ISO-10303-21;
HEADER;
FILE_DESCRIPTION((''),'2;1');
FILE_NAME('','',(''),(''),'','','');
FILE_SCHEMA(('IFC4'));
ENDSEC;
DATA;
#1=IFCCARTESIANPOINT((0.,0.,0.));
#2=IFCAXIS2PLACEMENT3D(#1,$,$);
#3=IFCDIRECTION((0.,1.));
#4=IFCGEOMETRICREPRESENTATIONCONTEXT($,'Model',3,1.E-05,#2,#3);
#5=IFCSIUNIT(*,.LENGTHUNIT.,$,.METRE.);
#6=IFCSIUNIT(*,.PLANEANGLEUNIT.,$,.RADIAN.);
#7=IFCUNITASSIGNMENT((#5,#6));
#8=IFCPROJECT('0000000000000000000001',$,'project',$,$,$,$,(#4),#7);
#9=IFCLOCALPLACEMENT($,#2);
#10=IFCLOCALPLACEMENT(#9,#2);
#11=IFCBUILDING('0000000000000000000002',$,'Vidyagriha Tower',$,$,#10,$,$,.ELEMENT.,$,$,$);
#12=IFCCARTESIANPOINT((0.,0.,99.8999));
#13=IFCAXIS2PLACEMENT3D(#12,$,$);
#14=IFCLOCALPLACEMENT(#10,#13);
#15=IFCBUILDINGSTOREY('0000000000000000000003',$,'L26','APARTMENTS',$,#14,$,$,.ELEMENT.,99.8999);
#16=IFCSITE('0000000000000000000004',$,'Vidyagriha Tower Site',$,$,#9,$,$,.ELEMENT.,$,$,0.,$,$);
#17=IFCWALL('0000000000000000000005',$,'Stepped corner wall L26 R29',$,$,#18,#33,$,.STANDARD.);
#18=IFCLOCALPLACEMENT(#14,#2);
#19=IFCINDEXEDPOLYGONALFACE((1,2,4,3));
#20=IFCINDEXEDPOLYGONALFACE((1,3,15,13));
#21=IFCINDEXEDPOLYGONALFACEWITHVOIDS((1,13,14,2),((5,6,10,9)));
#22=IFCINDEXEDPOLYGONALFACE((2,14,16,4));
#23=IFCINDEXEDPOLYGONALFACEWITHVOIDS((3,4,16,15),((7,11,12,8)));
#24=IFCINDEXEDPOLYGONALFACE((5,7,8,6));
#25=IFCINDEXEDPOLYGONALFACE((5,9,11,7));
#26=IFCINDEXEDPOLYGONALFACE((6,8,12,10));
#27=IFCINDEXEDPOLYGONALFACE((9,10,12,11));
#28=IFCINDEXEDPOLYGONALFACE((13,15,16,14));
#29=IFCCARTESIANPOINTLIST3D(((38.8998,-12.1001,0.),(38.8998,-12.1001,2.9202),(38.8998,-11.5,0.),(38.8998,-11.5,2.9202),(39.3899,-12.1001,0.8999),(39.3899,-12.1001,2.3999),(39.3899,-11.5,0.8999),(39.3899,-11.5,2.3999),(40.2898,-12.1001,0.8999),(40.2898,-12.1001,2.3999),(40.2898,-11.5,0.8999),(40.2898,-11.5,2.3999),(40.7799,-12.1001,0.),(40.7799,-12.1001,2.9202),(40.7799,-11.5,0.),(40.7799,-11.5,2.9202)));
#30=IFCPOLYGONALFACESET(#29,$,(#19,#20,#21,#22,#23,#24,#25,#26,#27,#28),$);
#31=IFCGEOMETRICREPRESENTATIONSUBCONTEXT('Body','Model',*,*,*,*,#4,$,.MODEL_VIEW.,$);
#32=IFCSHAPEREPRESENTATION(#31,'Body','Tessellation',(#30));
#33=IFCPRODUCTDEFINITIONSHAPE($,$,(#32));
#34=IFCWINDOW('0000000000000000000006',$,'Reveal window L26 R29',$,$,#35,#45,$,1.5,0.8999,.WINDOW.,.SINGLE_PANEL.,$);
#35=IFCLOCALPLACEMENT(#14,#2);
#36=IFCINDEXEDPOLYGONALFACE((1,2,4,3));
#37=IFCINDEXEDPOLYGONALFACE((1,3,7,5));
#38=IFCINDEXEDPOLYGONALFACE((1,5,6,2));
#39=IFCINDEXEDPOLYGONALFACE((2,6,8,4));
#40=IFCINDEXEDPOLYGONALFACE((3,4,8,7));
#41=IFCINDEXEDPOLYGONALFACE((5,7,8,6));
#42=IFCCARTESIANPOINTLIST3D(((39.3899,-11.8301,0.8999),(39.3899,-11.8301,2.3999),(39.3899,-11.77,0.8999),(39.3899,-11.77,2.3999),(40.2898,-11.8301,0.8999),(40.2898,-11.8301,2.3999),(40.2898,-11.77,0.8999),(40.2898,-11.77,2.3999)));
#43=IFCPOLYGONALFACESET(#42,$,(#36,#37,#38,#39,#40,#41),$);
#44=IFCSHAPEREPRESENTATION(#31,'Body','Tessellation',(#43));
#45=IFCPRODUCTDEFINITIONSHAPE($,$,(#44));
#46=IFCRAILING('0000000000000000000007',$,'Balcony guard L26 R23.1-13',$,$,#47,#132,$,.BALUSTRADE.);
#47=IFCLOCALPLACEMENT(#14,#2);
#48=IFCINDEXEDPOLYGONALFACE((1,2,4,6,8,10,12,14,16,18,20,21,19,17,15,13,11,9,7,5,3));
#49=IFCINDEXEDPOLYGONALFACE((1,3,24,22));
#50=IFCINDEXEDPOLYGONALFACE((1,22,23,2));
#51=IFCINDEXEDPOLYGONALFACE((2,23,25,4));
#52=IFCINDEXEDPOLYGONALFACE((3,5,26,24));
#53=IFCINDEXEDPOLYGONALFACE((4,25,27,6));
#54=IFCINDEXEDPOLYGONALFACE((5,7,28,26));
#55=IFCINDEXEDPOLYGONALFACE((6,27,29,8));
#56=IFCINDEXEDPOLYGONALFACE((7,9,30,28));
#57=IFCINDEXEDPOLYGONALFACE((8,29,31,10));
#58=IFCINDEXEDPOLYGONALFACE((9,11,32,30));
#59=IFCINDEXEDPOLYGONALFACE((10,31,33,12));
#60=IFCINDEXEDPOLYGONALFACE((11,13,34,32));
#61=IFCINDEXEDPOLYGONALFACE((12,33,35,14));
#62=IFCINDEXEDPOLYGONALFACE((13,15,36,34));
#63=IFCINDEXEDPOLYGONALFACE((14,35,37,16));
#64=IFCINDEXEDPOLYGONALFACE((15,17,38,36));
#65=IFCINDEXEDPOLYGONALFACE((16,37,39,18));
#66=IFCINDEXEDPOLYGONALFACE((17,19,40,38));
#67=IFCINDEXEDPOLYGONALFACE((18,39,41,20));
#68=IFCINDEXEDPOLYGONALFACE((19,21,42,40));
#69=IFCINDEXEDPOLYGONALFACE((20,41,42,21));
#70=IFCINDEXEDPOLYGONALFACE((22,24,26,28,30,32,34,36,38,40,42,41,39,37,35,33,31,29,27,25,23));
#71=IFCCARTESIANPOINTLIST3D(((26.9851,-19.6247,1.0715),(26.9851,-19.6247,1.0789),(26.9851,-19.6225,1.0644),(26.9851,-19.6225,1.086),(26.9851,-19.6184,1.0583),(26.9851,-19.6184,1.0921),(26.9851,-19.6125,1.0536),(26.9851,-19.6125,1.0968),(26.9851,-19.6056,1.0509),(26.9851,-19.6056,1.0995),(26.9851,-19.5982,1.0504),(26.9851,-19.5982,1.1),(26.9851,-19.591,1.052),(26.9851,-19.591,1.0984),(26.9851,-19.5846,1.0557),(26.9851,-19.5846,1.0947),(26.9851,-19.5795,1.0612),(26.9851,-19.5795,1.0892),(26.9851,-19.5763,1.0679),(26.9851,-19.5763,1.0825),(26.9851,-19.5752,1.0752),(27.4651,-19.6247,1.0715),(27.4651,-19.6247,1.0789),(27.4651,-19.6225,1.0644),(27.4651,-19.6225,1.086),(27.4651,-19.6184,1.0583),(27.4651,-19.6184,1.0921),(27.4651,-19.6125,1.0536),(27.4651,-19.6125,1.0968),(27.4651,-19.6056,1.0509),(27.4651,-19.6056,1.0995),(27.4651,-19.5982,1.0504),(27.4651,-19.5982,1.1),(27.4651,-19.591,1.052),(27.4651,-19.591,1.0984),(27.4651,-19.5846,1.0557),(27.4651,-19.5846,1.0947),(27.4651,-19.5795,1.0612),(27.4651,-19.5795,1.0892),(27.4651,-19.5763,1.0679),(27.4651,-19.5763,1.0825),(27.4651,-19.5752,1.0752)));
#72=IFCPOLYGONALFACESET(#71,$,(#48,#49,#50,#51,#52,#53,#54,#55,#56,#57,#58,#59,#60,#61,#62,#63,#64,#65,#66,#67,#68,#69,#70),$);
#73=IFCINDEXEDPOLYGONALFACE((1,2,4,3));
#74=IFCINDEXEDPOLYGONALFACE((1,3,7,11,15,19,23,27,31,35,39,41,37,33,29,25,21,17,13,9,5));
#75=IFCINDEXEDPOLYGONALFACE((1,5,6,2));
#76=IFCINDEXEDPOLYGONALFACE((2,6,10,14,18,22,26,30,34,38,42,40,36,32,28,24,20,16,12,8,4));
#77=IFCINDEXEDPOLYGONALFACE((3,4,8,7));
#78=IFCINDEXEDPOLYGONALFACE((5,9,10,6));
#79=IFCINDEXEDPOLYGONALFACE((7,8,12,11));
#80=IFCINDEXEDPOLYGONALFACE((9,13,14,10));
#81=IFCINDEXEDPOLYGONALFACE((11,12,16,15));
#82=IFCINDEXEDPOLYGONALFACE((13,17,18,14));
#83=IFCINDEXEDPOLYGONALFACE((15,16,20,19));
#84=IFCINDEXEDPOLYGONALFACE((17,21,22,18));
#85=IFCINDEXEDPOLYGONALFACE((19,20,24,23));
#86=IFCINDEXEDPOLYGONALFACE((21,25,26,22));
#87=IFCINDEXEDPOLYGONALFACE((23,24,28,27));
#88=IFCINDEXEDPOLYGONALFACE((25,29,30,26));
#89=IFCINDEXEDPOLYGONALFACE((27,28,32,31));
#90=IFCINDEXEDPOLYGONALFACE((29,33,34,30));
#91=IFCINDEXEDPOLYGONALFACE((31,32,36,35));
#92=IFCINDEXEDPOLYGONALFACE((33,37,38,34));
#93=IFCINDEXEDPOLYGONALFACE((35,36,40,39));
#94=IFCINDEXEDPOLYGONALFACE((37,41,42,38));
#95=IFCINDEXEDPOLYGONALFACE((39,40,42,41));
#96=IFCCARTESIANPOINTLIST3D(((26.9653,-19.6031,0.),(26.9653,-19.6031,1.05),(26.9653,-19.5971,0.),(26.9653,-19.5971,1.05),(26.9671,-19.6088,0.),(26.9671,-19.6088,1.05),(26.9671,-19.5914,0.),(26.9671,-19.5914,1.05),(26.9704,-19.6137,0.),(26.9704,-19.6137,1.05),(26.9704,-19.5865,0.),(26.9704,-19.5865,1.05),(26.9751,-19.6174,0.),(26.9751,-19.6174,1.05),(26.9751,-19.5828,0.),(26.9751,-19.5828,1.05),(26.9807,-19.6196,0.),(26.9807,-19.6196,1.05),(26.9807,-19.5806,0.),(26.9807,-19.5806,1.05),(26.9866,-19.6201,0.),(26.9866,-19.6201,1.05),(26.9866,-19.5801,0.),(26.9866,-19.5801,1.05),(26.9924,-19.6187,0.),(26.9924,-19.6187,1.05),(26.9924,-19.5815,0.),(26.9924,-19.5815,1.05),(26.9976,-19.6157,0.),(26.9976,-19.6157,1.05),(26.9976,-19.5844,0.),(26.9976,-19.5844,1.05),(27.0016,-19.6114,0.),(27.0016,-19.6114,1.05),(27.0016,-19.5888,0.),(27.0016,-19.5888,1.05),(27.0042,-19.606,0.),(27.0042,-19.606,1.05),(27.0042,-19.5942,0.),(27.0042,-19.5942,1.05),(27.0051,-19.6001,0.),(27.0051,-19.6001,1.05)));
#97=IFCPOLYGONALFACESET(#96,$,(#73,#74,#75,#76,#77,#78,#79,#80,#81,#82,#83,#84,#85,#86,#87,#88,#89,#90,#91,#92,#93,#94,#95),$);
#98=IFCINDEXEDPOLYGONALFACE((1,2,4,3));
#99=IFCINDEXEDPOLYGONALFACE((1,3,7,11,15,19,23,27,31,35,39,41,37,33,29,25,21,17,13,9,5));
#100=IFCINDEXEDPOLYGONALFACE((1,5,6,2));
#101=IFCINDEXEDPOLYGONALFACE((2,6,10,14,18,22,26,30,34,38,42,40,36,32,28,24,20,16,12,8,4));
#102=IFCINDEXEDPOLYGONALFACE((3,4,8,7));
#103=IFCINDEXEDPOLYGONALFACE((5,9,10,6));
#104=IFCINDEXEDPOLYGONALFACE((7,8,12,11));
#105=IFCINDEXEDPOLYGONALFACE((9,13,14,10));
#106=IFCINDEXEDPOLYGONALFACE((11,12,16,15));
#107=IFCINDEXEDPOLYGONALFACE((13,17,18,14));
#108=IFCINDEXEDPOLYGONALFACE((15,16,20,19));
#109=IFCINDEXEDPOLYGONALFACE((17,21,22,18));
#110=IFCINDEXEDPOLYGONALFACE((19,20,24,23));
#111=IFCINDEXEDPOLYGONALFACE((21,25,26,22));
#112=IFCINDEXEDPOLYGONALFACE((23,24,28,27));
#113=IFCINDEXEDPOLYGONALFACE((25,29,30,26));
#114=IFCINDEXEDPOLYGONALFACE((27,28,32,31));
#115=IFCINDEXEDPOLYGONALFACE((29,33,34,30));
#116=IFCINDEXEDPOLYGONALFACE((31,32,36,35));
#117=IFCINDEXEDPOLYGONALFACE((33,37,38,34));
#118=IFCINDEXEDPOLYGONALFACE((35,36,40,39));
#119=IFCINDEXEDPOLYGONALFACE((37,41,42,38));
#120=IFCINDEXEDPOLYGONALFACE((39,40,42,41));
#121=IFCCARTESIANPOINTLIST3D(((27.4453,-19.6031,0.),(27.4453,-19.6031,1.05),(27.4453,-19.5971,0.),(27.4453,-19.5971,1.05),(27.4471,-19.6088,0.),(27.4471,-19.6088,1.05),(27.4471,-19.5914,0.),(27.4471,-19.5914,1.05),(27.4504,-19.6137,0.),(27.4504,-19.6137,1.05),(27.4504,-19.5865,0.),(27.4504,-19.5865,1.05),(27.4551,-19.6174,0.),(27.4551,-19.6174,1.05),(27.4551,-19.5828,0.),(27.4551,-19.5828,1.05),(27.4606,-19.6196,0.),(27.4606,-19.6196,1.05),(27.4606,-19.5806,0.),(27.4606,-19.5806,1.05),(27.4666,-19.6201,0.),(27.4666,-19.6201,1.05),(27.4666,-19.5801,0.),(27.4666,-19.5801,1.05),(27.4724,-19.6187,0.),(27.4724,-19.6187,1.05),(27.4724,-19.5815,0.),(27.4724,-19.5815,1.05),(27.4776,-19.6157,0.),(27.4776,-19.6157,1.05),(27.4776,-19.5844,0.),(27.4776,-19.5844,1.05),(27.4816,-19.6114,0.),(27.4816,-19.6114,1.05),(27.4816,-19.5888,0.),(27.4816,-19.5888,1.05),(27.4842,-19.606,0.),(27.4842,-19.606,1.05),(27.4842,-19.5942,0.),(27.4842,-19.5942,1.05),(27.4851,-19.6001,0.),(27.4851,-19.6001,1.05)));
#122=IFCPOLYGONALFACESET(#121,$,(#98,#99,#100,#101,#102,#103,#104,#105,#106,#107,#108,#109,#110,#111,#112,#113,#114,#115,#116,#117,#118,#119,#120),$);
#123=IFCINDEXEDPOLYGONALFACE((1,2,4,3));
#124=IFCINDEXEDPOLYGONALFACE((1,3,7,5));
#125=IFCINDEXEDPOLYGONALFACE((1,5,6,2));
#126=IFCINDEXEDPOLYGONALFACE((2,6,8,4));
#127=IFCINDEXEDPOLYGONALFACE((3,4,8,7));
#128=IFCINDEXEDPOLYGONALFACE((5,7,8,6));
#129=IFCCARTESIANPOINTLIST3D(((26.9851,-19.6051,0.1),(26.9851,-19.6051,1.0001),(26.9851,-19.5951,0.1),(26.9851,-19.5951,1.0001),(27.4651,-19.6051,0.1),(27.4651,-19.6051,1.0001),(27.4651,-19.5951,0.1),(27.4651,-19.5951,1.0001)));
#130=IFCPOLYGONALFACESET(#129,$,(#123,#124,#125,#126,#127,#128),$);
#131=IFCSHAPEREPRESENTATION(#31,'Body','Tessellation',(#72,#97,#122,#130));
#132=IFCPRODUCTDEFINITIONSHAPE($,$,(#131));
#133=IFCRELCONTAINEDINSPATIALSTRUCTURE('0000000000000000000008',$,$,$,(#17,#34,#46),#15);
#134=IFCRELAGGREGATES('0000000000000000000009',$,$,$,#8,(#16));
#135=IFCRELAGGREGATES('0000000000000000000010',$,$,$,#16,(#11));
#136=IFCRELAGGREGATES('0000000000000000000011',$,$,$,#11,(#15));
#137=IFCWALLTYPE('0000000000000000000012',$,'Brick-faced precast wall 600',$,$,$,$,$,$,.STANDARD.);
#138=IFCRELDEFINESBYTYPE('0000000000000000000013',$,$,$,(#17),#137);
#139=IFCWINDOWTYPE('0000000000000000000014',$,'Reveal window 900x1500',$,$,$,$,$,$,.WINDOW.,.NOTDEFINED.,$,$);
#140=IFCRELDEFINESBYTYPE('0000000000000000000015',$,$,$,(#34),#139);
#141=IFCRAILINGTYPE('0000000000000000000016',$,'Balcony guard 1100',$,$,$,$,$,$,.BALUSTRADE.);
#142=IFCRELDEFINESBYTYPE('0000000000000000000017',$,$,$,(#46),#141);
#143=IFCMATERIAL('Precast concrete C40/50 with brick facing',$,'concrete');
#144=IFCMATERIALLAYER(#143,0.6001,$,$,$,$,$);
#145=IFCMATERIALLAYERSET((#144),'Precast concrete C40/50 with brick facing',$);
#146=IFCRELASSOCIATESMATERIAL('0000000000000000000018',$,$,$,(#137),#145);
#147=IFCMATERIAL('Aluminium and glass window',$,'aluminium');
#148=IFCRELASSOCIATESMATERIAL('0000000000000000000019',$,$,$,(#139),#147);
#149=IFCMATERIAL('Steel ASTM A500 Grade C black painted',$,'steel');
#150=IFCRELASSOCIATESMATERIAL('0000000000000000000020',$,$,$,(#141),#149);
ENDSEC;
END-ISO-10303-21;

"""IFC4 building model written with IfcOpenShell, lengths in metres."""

from ifc_helpers import new_model, si_unit, direction, frame, frame_2d, origin, origin_2d, place, context, subcontext, project, spatial, rectangle, circle, extrude, material, layer, layer_set, type_object, element, fill, save


model = new_model("IFC4")

# Units and contexts
model_context = context("Model", 3, precision=1e-05, world=origin(), true_north=direction((0.0, 1.0)))
body_context = subcontext(model_context, "Body", "Model", "MODEL_VIEW")
ifc_project = project(units=[si_unit("LENGTHUNIT", "METRE"), si_unit("PLANEANGLEUNIT", "RADIAN")], contexts=[model_context])

# Site, building, storey
site_placement = place(None, origin())
site = spatial("IfcSite", under=ifc_project, at=site_placement, Name="Vidyagriha Tower Site", CompositionType="ELEMENT", RefElevation=0.0)
building_placement = place(site_placement, origin())
building = spatial("IfcBuilding", under=site, at=building_placement, Name="Vidyagriha Tower", CompositionType="ELEMENT")
storey_placement = place(building_placement, frame((0.0, 0.0, 99.8999)))
storey = spatial("IfcBuildingStorey", under=building, at=storey_placement, Name="L26", Description="APARTMENTS", CompositionType="ELEMENT", Elevation=99.8999)

# Shared definitions
ifc_material_1 = material(Name="Precast concrete C40/50 with brick facing", Category="concrete")
ifc_layer_1 = layer(ifc_material_1, 0.6001)
ifc_layer_set_1 = layer_set([ifc_layer_1], Name="Precast concrete C40/50 with brick facing")
wall_type = type_object("IfcWallType", Name="Brick-faced precast wall 600", PredefinedType="STANDARD", material=ifc_layer_set_1)

# Shared definitions
ifc_material_2 = material(Name="Aluminium and glass window", Category="aluminium")
window_type = type_object("IfcWindowType", Name="Reveal window 900x1500", PartitioningType="NOTDEFINED", PredefinedType="WINDOW", material=ifc_material_2)

# Wall, opening, window
wall_1_placement = place(storey_placement, frame((38.8999, -11.8, 0.0)))
wall_1 = element("IfcWall", 1, at=wall_1_placement, inside=storey, type_object=wall_type, Name="Stepped corner wall L26 R29", PredefinedType="STANDARD", context=body_context, shape_type="SweptSolid", body=[
    extrude(rectangle(XDim=1.8801, YDim=0.6001, at=frame_2d((0.9399, 0.0))), origin(), (0.0, 0.0, 1.0), 2.9202),
])
opening_1_placement = place(wall_1_placement, frame((0.49, 0.0, 0.8999)))
opening_1 = element("IfcOpeningElement", 2, at=opening_1_placement, cuts=wall_1, PredefinedType="OPENING", context=body_context, shape_type="SweptSolid", body=[
    extrude(rectangle(XDim=0.8999, YDim=1.5, at=frame_2d((0.45, 0.75))), frame((0.0, 0.3101, 0.0), z_axis=(0.0, -1.0, 0.0), x_axis=(1.0, 0.0, 0.0)), (0.0, 0.0, 1.0), 0.6201),
])
window_1_placement = place(opening_1_placement, origin())
window_1 = element("IfcWindow", 3, at=window_1_placement, inside=storey, type_object=window_type, Name="Reveal window L26 R29", OverallHeight=1.5, OverallWidth=0.8999, PartitioningType="SINGLE_PANEL", PredefinedType="WINDOW", context=body_context, shape_type="SweptSolid", body=[
    extrude(rectangle(XDim=0.8999, YDim=1.5, at=frame_2d((0.45, 0.75))), frame((0.0, 0.03, 0.0), z_axis=(0.0, -1.0, 0.0), x_axis=(1.0, 0.0, 0.0)), (0.0, 0.0, 1.0), 0.0601),
])
fill(opening_1, window_1)

# Railing
ifc_material_3 = material(Name="Steel ASTM A500 Grade C black painted", Category="steel")
railing_type_1 = type_object("IfcRailingType", Name="Balcony guard 1100", PredefinedType="BALUSTRADE", material=ifc_material_3)
railing_1_placement = place(storey_placement, frame((26.9851, -19.6001, 0.0)))
element("IfcRailing", 4, at=railing_1_placement, inside=storey, type_object=railing_type_1, Name="Balcony guard L26 R23.1-13", PredefinedType="BALUSTRADE", context=body_context, shape_type="SweptSolid", body=[
    extrude(circle(Radius=0.0249, at=origin_2d()), frame((0.0, 0.0, 1.0752), z_axis=(1.0, 0.0, 0.0), x_axis=(0.0, 1.0, 0.0)), (0.0, 0.0, 1.0), 0.48),
    extrude(circle(Radius=0.02, at=origin_2d()), origin(), (0.0, 0.0, 1.0), 1.05),
    extrude(circle(Radius=0.02, at=origin_2d()), frame((0.48, 0.0, 0.0)), (0.0, 0.0, 1.0), 1.05),
    extrude(rectangle(XDim=0.01, YDim=0.9001, at=origin_2d()), frame((0.0, 0.0, 0.55), z_axis=(1.0, 0.0, 0.0), x_axis=(0.0, 1.0, 0.0)), (0.0, 0.0, 1.0), 0.48),
])

save(model, "model.ifc")
